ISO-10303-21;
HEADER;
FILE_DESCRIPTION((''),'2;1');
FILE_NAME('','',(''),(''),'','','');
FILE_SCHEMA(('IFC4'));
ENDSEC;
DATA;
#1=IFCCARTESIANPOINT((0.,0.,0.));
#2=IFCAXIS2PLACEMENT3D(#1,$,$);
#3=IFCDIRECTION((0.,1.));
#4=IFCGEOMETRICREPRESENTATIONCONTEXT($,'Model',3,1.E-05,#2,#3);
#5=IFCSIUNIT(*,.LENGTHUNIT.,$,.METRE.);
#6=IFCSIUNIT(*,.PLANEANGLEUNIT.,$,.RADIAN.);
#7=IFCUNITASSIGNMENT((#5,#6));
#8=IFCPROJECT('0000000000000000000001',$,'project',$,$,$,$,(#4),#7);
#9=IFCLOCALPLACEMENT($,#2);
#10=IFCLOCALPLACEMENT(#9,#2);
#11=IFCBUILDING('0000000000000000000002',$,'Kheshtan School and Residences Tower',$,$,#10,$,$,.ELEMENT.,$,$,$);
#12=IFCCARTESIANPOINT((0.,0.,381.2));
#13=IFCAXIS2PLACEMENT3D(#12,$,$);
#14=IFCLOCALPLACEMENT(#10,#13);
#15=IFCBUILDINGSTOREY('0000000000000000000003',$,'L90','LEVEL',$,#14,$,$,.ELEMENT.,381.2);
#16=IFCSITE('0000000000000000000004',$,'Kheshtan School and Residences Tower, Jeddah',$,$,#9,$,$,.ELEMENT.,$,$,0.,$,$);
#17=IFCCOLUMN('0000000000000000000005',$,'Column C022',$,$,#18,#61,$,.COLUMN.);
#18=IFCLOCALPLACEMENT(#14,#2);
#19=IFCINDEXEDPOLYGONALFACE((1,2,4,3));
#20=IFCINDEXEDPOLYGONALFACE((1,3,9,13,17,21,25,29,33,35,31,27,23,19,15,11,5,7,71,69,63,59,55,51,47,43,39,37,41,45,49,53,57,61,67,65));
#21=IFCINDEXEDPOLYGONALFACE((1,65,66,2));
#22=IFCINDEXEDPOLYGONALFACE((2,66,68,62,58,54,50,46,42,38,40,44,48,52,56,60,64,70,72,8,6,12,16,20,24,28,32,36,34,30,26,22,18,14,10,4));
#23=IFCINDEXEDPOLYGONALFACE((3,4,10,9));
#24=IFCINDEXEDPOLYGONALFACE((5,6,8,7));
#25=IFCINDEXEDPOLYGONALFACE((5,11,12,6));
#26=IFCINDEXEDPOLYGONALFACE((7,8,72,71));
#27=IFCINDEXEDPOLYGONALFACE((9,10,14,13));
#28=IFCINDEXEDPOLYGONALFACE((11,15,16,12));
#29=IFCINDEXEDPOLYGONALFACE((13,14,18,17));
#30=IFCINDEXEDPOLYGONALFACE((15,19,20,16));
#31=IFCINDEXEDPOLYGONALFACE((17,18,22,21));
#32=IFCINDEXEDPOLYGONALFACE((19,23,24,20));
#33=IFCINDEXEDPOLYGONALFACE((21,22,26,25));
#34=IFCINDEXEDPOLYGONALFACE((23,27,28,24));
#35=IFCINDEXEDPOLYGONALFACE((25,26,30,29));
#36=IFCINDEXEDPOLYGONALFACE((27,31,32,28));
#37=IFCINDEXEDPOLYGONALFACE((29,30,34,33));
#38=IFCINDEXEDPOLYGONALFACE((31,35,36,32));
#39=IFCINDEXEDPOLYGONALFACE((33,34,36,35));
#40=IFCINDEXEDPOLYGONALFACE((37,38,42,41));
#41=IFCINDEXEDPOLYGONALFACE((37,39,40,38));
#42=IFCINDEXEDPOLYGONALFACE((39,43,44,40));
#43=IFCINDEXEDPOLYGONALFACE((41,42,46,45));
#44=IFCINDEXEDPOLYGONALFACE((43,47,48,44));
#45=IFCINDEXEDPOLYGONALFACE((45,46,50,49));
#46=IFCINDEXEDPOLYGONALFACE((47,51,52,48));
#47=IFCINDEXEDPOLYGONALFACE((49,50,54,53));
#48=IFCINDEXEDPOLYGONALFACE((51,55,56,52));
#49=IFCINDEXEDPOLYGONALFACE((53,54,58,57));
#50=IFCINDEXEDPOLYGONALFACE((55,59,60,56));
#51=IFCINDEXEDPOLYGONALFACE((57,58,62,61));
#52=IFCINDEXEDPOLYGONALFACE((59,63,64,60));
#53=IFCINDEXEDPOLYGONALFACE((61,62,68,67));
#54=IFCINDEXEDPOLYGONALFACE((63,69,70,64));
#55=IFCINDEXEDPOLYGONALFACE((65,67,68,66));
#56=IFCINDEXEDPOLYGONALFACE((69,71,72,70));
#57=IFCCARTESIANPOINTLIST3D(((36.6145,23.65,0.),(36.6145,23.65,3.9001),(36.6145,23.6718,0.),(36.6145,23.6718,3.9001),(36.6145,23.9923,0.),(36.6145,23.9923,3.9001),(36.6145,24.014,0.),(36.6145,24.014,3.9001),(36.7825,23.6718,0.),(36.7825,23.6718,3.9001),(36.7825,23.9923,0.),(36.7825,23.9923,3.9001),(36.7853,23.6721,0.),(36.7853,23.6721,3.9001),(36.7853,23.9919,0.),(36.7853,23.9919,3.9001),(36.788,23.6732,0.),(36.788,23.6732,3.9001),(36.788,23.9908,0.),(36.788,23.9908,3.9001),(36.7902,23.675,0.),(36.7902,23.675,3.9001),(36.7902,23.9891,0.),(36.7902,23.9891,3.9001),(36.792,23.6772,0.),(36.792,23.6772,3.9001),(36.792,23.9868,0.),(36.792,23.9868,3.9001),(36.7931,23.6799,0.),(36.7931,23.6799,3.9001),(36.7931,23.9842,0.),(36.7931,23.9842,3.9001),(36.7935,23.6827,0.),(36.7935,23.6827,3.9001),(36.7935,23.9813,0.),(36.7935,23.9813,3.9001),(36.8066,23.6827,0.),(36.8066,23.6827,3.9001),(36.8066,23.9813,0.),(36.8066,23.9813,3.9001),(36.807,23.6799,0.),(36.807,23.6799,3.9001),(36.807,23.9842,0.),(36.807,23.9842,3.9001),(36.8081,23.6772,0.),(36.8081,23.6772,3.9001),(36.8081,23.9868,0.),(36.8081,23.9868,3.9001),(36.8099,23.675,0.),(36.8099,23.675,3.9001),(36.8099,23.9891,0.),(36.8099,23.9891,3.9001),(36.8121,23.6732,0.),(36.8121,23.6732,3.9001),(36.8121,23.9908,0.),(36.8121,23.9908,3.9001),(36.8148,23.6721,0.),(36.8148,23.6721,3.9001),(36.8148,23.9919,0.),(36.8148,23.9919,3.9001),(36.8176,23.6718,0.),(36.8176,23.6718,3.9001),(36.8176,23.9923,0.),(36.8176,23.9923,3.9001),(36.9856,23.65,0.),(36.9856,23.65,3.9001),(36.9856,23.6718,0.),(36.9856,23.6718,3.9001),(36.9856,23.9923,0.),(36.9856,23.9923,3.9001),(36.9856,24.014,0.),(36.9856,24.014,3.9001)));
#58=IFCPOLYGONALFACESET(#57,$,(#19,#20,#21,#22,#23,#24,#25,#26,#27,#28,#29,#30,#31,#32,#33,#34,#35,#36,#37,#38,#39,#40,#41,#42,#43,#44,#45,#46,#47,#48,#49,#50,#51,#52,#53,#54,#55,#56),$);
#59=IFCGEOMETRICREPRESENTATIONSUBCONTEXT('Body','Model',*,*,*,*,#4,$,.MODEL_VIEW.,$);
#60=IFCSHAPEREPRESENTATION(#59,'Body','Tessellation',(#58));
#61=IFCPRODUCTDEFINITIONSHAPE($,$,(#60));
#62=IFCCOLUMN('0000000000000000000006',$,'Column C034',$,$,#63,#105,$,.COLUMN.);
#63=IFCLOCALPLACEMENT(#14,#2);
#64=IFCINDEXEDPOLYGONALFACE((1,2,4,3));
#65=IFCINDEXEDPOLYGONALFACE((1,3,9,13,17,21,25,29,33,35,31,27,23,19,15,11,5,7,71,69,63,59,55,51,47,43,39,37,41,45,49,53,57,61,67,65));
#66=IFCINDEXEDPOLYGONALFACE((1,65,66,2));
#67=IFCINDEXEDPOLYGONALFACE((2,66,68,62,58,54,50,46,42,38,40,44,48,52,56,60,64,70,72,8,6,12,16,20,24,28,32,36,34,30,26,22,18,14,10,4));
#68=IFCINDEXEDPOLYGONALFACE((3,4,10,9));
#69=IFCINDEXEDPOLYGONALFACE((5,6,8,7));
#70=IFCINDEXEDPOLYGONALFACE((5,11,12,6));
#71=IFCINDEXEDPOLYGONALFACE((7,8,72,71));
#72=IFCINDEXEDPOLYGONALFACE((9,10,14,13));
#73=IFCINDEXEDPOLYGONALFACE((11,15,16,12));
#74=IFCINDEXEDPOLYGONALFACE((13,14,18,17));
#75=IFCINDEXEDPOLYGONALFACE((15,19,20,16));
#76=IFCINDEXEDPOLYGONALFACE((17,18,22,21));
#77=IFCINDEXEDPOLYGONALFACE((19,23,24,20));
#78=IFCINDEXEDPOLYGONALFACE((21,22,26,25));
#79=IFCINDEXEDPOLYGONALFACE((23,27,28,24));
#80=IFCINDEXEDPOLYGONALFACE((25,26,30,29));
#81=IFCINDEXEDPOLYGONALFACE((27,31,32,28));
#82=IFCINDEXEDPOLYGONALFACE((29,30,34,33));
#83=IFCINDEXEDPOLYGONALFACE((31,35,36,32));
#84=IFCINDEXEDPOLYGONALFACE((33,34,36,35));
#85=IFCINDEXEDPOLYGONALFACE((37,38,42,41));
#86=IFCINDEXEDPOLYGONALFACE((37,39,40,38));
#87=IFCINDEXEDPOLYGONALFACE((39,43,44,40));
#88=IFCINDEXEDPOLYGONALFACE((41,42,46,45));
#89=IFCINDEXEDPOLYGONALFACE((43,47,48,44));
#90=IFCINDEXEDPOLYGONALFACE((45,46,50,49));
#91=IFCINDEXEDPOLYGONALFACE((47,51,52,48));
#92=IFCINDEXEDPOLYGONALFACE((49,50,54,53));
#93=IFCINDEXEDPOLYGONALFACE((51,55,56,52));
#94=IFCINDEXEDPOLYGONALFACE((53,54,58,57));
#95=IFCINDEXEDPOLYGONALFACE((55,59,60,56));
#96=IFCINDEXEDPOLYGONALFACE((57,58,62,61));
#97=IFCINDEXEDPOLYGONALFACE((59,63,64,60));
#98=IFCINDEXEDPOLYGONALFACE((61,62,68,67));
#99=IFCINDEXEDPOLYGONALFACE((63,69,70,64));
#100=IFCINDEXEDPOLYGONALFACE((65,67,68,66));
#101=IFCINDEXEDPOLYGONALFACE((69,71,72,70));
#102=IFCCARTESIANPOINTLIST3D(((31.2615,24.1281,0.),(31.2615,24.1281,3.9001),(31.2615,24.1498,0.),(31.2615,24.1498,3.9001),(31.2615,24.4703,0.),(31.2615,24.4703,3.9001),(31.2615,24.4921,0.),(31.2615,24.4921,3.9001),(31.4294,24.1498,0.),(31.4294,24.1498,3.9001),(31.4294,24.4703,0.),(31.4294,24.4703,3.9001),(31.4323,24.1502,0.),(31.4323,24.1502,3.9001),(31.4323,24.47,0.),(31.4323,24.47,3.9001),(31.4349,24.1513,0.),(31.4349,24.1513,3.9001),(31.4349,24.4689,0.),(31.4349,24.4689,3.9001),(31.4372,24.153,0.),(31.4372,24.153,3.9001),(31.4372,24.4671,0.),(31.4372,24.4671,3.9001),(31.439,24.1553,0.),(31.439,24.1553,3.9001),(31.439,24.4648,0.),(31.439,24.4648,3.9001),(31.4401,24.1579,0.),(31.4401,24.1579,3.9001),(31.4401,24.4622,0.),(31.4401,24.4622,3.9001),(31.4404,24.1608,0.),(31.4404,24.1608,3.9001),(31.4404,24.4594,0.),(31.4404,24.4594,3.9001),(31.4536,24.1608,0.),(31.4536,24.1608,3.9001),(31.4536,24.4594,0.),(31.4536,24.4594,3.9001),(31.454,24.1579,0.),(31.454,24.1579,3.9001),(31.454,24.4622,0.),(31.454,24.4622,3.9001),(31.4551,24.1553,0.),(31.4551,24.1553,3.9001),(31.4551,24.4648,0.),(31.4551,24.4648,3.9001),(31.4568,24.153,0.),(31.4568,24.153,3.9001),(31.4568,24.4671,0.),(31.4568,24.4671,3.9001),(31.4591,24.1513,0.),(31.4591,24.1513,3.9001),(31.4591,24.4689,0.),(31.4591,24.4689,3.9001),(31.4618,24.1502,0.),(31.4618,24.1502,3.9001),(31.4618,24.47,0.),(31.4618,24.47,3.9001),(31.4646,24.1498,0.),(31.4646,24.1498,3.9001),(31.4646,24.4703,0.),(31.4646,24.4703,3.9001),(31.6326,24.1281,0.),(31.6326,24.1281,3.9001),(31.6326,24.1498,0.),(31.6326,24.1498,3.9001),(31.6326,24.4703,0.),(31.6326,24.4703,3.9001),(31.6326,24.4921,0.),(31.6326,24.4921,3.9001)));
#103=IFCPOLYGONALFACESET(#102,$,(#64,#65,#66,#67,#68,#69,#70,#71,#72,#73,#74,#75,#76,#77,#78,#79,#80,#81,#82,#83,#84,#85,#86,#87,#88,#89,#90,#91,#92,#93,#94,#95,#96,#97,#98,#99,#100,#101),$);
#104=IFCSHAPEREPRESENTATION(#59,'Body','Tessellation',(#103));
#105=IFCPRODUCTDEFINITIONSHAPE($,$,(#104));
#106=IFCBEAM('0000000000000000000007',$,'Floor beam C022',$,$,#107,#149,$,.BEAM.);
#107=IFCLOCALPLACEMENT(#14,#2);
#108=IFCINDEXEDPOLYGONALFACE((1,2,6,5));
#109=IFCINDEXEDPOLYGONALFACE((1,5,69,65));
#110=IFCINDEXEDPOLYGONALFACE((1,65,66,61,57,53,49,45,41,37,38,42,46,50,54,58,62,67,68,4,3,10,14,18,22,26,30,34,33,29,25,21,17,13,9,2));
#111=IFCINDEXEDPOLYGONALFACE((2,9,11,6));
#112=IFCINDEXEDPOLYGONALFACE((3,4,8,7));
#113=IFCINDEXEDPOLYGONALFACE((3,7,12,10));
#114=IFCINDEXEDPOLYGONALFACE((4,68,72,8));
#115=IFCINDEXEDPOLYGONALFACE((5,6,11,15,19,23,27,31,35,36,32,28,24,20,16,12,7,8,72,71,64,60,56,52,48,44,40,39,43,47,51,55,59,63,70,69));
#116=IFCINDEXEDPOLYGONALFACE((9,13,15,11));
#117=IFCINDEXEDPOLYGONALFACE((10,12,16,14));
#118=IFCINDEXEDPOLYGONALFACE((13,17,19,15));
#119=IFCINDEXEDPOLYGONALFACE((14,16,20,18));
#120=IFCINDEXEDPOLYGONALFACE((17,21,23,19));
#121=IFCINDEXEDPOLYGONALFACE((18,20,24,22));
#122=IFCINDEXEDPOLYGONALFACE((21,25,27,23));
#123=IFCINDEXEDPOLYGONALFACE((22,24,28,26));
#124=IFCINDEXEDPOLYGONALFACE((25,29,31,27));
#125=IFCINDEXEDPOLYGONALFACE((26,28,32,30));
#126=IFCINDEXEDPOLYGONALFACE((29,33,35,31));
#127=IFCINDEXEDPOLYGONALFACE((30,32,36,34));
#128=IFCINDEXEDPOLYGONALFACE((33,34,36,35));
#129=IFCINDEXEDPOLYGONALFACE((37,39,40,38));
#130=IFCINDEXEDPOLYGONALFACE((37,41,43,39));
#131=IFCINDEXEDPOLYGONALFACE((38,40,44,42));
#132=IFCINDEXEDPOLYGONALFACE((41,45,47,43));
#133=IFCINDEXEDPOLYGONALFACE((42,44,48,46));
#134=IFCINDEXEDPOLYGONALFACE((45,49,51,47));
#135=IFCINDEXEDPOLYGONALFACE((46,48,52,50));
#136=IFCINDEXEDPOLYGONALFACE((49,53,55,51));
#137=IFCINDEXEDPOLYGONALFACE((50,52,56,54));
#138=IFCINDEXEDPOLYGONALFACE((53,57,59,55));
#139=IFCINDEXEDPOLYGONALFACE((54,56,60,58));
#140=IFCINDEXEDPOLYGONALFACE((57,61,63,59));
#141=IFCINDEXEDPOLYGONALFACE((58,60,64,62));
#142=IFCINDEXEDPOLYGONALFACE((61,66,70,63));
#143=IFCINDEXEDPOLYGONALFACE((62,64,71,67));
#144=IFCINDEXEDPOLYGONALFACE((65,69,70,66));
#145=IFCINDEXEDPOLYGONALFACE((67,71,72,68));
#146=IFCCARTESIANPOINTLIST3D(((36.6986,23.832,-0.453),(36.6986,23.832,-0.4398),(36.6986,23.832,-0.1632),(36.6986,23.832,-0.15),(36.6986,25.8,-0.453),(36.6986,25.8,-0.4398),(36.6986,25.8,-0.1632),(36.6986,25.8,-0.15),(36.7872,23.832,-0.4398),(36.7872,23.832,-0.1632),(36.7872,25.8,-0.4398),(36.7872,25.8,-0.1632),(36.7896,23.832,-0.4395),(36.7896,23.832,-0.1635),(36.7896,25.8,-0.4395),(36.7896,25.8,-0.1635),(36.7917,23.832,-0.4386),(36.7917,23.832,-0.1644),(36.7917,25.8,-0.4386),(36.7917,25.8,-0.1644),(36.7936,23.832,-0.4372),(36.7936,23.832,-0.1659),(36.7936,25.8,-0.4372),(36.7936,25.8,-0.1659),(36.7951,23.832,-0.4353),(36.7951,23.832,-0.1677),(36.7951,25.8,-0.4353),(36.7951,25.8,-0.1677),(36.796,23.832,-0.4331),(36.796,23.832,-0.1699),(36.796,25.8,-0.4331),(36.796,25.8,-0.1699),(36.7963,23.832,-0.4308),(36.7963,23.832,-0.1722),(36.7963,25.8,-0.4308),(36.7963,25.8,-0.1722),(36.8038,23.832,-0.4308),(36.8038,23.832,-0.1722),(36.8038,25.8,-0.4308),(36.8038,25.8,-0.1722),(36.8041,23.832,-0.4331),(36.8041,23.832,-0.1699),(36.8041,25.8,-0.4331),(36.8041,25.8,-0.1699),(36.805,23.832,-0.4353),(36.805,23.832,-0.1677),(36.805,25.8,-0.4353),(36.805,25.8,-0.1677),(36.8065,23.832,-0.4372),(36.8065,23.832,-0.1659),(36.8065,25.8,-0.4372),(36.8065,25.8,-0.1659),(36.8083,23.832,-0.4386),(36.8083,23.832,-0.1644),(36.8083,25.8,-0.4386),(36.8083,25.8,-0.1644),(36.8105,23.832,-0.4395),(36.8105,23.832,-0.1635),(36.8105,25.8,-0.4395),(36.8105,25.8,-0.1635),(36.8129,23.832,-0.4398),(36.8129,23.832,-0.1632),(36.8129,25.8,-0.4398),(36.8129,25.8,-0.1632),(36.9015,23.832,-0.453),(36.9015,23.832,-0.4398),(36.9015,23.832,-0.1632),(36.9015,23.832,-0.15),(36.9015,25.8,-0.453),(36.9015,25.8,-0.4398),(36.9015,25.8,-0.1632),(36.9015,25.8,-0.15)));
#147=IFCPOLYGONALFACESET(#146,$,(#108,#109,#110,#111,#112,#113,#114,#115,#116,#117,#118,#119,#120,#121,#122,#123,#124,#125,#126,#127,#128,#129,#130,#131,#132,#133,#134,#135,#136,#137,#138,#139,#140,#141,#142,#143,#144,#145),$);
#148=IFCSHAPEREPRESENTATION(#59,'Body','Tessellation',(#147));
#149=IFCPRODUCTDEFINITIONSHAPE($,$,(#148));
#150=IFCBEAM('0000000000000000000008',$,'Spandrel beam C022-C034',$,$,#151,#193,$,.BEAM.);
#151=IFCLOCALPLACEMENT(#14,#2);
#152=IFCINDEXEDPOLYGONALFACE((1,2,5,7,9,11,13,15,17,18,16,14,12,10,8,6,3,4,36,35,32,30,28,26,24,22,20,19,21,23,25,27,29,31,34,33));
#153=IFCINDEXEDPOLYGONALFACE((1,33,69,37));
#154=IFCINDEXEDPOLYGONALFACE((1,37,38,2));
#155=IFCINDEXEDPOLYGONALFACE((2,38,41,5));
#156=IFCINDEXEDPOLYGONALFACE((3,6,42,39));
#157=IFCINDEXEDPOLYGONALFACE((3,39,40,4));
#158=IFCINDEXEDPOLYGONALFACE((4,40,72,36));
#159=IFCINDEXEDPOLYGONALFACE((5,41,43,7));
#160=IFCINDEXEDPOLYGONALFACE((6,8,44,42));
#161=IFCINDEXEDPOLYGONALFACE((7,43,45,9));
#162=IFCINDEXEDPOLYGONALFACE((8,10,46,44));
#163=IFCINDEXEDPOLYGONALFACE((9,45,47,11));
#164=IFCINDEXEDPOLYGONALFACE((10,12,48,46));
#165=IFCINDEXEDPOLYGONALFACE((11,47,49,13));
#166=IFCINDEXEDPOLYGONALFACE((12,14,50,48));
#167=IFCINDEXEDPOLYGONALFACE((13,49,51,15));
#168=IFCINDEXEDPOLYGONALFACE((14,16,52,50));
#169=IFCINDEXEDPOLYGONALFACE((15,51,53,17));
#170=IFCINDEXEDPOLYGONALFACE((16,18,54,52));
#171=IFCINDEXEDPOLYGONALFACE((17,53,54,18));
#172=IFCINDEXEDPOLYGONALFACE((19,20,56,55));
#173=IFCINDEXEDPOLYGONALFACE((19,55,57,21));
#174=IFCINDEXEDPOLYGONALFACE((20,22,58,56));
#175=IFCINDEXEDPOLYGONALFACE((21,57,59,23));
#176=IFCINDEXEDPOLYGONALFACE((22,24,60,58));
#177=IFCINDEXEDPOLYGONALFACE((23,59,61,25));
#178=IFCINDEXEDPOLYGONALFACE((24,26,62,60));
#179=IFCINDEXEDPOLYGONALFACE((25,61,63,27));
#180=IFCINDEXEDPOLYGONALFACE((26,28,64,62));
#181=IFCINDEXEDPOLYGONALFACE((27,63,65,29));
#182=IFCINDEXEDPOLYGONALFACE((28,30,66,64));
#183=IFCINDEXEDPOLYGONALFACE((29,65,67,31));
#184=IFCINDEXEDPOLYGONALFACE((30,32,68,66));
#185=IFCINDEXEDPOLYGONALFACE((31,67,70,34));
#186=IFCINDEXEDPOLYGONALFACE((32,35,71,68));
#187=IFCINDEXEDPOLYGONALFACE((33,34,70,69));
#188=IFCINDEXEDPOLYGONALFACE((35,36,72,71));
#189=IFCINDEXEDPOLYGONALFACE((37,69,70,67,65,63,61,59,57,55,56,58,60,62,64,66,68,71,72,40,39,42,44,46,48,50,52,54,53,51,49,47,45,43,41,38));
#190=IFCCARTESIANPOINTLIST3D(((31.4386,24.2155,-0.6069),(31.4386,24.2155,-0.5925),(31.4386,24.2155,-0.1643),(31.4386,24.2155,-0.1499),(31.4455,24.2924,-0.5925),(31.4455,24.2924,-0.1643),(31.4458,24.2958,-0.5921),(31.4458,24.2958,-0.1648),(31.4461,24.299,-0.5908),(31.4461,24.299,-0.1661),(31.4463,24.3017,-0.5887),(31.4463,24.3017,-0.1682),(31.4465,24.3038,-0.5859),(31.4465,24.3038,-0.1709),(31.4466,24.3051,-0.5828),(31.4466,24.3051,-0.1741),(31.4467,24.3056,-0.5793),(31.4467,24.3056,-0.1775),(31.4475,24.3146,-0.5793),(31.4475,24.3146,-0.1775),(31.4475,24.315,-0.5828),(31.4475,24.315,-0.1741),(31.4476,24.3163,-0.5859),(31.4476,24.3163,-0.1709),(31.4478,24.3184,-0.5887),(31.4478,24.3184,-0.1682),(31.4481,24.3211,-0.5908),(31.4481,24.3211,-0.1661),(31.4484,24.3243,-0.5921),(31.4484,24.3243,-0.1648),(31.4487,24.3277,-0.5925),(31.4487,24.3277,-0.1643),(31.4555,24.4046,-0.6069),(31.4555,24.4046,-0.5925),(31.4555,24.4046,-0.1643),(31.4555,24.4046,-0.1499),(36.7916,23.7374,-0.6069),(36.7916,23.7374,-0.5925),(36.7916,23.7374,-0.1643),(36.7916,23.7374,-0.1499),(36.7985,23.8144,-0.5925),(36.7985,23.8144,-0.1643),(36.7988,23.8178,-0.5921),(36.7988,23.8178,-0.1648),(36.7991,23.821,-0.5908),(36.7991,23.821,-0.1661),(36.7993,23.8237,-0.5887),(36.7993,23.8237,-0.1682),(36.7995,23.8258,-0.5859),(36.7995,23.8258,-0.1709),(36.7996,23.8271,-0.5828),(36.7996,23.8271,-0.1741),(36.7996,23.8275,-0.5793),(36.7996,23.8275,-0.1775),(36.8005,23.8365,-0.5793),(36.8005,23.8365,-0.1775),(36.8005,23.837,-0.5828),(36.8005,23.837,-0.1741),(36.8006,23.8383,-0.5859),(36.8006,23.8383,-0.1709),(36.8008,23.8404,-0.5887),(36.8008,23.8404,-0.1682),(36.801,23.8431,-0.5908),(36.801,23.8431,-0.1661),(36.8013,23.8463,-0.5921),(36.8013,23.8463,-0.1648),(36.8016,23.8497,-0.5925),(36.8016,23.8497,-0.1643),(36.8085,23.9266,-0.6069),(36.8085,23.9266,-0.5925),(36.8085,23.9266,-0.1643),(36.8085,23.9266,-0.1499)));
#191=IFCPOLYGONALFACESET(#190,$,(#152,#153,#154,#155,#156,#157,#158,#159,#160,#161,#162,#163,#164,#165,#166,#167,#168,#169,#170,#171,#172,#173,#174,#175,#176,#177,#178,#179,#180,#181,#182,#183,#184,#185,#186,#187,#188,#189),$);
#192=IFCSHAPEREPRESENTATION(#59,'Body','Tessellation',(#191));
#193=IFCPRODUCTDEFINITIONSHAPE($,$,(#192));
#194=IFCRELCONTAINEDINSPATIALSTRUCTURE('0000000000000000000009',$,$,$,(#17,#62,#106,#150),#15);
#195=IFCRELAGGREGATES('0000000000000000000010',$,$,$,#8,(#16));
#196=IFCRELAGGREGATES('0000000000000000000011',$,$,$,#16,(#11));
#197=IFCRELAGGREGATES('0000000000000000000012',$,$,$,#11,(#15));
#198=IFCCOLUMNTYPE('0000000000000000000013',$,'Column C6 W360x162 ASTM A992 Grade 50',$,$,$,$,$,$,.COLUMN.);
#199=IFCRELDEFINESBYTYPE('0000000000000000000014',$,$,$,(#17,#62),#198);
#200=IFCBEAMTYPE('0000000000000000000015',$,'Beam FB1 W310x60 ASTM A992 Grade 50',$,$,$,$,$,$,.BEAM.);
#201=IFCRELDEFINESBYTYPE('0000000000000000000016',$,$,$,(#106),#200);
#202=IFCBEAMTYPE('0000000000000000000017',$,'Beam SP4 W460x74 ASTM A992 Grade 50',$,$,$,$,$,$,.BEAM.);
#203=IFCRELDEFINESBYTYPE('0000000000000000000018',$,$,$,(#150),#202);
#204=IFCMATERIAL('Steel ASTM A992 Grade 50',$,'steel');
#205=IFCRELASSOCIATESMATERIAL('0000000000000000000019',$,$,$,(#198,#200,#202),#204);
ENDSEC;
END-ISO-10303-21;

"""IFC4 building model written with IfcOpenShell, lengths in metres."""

from ifc_helpers import new_model, si_unit, direction, frame, origin, origin_2d, place, context, subcontext, project, spatial, i_section, extrude, material, material_profile, profile_set, type_object, element, save


model = new_model("IFC4")

# Units and contexts
model_context = context("Model", 3, precision=1e-05, world=origin(), true_north=direction((0.0, 1.0)))
body_context = subcontext(model_context, "Body", "Model", "MODEL_VIEW")
ifc_project = project(units=[si_unit("LENGTHUNIT", "METRE"), si_unit("PLANEANGLEUNIT", "RADIAN")], contexts=[model_context])

# Site, building, storey
site_placement = place(None, origin())
site = spatial("IfcSite", under=ifc_project, at=site_placement, Name="Kheshtan School and Residences Tower, Jeddah", CompositionType="ELEMENT", RefElevation=0.0)
building_placement = place(site_placement, origin())
building = spatial("IfcBuilding", under=site, at=building_placement, Name="Kheshtan School and Residences Tower", CompositionType="ELEMENT")
storey_placement = place(building_placement, frame((0.0, 0.0, 381.2)))
storey = spatial("IfcBuildingStorey", under=building, at=storey_placement, Name="L90", Description="LEVEL", CompositionType="ELEMENT", Elevation=381.2)

# Columns
ifc_material_1 = material(Name="Steel ASTM A992 Grade 50", Category="steel")
ifc_material_profile_1 = material_profile(ifc_material_1, i_section(OverallWidth=0.3711, OverallDepth=0.364, WebThickness=0.0132, FlangeThickness=0.0217, FilletRadius=0.011, at=origin_2d()), Name="W360x162")
ifc_profile_set_1 = profile_set([ifc_material_profile_1], Name="Steel ASTM A992 Grade 50")
column_type = type_object("IfcColumnType", Name="Column C6 W360x162 ASTM A992 Grade 50", PredefinedType="COLUMN", material=ifc_profile_set_1)
for number, where, z_axis, x_axis, name in (
    (1, (36.8, 23.832, 0.0), (0.0, 0.0, 1.0), (1.0, 0.0, 0.0), "Column C022"),
    (2, (31.447, 24.3101, 0.0), (0.0, 0.0, 1.0), (1.0, 0.0, 0.0), "Column C034"),
):
    element("IfcColumn", number, at=place(storey_placement, frame(where, z_axis=z_axis, x_axis=x_axis)), inside=storey, type_object=column_type, Name=name, PredefinedType="COLUMN", context=body_context, shape_type="SweptSolid", body=[
        extrude(i_section(OverallWidth=0.3711, OverallDepth=0.364, WebThickness=0.0132, FlangeThickness=0.0217, FilletRadius=0.011, at=origin_2d()), origin(), (0.0, 0.0, 1.0), 3.9001),
    ])

# Beams
ifc_material_profile_2 = material_profile(ifc_material_1, i_section(OverallWidth=0.2029, OverallDepth=0.303, WebThickness=0.0076, FlangeThickness=0.0132, FilletRadius=0.009, at=origin_2d()), Name="W310x60")
ifc_profile_set_2 = profile_set([ifc_material_profile_2], Name="Steel ASTM A992 Grade 50")
beam_type_1 = type_object("IfcBeamType", Name="Beam FB1 W310x60 ASTM A992 Grade 50", PredefinedType="BEAM", material=ifc_profile_set_2)
beam_1_placement = place(storey_placement, frame((36.8, 23.832, -0.3015), z_axis=(0.0, 1.0, 0.0), x_axis=(-1.0, 0.0, 0.0)))
element("IfcBeam", 3, at=beam_1_placement, inside=storey, type_object=beam_type_1, Name="Floor beam C022", PredefinedType="BEAM", context=body_context, shape_type="SweptSolid", body=[
    extrude(i_section(OverallWidth=0.2029, OverallDepth=0.303, WebThickness=0.0076, FlangeThickness=0.0132, FilletRadius=0.009, at=origin_2d()), origin(), (0.0, 0.0, 1.0), 1.968),
])
ifc_material_profile_3 = material_profile(ifc_material_1, i_section(OverallWidth=0.1899, OverallDepth=0.457, WebThickness=0.009, FlangeThickness=0.0144, FilletRadius=0.0132, at=origin_2d()), Name="W460x74")
ifc_profile_set_3 = profile_set([ifc_material_profile_3], Name="Steel ASTM A992 Grade 50")
beam_type_2 = type_object("IfcBeamType", Name="Beam SP4 W460x74 ASTM A992 Grade 50", PredefinedType="BEAM", material=ifc_profile_set_3)
beam_2_placement = place(storey_placement, frame((36.8, 23.832, -0.3784), z_axis=(-0.996036, 0.088946, 0.0), x_axis=(-0.088946, -0.996036, 0.0)))
element("IfcBeam", 4, at=beam_2_placement, inside=storey, type_object=beam_type_2, Name="Spandrel beam C022-C034", PredefinedType="BEAM", context=body_context, shape_type="SweptSolid", body=[
    extrude(i_section(OverallWidth=0.1899, OverallDepth=0.457, WebThickness=0.009, FlangeThickness=0.0144, FilletRadius=0.0132, at=origin_2d()), origin(), (0.0, 0.0, 1.0), 5.3743),
])

save(model, "model.ifc")
